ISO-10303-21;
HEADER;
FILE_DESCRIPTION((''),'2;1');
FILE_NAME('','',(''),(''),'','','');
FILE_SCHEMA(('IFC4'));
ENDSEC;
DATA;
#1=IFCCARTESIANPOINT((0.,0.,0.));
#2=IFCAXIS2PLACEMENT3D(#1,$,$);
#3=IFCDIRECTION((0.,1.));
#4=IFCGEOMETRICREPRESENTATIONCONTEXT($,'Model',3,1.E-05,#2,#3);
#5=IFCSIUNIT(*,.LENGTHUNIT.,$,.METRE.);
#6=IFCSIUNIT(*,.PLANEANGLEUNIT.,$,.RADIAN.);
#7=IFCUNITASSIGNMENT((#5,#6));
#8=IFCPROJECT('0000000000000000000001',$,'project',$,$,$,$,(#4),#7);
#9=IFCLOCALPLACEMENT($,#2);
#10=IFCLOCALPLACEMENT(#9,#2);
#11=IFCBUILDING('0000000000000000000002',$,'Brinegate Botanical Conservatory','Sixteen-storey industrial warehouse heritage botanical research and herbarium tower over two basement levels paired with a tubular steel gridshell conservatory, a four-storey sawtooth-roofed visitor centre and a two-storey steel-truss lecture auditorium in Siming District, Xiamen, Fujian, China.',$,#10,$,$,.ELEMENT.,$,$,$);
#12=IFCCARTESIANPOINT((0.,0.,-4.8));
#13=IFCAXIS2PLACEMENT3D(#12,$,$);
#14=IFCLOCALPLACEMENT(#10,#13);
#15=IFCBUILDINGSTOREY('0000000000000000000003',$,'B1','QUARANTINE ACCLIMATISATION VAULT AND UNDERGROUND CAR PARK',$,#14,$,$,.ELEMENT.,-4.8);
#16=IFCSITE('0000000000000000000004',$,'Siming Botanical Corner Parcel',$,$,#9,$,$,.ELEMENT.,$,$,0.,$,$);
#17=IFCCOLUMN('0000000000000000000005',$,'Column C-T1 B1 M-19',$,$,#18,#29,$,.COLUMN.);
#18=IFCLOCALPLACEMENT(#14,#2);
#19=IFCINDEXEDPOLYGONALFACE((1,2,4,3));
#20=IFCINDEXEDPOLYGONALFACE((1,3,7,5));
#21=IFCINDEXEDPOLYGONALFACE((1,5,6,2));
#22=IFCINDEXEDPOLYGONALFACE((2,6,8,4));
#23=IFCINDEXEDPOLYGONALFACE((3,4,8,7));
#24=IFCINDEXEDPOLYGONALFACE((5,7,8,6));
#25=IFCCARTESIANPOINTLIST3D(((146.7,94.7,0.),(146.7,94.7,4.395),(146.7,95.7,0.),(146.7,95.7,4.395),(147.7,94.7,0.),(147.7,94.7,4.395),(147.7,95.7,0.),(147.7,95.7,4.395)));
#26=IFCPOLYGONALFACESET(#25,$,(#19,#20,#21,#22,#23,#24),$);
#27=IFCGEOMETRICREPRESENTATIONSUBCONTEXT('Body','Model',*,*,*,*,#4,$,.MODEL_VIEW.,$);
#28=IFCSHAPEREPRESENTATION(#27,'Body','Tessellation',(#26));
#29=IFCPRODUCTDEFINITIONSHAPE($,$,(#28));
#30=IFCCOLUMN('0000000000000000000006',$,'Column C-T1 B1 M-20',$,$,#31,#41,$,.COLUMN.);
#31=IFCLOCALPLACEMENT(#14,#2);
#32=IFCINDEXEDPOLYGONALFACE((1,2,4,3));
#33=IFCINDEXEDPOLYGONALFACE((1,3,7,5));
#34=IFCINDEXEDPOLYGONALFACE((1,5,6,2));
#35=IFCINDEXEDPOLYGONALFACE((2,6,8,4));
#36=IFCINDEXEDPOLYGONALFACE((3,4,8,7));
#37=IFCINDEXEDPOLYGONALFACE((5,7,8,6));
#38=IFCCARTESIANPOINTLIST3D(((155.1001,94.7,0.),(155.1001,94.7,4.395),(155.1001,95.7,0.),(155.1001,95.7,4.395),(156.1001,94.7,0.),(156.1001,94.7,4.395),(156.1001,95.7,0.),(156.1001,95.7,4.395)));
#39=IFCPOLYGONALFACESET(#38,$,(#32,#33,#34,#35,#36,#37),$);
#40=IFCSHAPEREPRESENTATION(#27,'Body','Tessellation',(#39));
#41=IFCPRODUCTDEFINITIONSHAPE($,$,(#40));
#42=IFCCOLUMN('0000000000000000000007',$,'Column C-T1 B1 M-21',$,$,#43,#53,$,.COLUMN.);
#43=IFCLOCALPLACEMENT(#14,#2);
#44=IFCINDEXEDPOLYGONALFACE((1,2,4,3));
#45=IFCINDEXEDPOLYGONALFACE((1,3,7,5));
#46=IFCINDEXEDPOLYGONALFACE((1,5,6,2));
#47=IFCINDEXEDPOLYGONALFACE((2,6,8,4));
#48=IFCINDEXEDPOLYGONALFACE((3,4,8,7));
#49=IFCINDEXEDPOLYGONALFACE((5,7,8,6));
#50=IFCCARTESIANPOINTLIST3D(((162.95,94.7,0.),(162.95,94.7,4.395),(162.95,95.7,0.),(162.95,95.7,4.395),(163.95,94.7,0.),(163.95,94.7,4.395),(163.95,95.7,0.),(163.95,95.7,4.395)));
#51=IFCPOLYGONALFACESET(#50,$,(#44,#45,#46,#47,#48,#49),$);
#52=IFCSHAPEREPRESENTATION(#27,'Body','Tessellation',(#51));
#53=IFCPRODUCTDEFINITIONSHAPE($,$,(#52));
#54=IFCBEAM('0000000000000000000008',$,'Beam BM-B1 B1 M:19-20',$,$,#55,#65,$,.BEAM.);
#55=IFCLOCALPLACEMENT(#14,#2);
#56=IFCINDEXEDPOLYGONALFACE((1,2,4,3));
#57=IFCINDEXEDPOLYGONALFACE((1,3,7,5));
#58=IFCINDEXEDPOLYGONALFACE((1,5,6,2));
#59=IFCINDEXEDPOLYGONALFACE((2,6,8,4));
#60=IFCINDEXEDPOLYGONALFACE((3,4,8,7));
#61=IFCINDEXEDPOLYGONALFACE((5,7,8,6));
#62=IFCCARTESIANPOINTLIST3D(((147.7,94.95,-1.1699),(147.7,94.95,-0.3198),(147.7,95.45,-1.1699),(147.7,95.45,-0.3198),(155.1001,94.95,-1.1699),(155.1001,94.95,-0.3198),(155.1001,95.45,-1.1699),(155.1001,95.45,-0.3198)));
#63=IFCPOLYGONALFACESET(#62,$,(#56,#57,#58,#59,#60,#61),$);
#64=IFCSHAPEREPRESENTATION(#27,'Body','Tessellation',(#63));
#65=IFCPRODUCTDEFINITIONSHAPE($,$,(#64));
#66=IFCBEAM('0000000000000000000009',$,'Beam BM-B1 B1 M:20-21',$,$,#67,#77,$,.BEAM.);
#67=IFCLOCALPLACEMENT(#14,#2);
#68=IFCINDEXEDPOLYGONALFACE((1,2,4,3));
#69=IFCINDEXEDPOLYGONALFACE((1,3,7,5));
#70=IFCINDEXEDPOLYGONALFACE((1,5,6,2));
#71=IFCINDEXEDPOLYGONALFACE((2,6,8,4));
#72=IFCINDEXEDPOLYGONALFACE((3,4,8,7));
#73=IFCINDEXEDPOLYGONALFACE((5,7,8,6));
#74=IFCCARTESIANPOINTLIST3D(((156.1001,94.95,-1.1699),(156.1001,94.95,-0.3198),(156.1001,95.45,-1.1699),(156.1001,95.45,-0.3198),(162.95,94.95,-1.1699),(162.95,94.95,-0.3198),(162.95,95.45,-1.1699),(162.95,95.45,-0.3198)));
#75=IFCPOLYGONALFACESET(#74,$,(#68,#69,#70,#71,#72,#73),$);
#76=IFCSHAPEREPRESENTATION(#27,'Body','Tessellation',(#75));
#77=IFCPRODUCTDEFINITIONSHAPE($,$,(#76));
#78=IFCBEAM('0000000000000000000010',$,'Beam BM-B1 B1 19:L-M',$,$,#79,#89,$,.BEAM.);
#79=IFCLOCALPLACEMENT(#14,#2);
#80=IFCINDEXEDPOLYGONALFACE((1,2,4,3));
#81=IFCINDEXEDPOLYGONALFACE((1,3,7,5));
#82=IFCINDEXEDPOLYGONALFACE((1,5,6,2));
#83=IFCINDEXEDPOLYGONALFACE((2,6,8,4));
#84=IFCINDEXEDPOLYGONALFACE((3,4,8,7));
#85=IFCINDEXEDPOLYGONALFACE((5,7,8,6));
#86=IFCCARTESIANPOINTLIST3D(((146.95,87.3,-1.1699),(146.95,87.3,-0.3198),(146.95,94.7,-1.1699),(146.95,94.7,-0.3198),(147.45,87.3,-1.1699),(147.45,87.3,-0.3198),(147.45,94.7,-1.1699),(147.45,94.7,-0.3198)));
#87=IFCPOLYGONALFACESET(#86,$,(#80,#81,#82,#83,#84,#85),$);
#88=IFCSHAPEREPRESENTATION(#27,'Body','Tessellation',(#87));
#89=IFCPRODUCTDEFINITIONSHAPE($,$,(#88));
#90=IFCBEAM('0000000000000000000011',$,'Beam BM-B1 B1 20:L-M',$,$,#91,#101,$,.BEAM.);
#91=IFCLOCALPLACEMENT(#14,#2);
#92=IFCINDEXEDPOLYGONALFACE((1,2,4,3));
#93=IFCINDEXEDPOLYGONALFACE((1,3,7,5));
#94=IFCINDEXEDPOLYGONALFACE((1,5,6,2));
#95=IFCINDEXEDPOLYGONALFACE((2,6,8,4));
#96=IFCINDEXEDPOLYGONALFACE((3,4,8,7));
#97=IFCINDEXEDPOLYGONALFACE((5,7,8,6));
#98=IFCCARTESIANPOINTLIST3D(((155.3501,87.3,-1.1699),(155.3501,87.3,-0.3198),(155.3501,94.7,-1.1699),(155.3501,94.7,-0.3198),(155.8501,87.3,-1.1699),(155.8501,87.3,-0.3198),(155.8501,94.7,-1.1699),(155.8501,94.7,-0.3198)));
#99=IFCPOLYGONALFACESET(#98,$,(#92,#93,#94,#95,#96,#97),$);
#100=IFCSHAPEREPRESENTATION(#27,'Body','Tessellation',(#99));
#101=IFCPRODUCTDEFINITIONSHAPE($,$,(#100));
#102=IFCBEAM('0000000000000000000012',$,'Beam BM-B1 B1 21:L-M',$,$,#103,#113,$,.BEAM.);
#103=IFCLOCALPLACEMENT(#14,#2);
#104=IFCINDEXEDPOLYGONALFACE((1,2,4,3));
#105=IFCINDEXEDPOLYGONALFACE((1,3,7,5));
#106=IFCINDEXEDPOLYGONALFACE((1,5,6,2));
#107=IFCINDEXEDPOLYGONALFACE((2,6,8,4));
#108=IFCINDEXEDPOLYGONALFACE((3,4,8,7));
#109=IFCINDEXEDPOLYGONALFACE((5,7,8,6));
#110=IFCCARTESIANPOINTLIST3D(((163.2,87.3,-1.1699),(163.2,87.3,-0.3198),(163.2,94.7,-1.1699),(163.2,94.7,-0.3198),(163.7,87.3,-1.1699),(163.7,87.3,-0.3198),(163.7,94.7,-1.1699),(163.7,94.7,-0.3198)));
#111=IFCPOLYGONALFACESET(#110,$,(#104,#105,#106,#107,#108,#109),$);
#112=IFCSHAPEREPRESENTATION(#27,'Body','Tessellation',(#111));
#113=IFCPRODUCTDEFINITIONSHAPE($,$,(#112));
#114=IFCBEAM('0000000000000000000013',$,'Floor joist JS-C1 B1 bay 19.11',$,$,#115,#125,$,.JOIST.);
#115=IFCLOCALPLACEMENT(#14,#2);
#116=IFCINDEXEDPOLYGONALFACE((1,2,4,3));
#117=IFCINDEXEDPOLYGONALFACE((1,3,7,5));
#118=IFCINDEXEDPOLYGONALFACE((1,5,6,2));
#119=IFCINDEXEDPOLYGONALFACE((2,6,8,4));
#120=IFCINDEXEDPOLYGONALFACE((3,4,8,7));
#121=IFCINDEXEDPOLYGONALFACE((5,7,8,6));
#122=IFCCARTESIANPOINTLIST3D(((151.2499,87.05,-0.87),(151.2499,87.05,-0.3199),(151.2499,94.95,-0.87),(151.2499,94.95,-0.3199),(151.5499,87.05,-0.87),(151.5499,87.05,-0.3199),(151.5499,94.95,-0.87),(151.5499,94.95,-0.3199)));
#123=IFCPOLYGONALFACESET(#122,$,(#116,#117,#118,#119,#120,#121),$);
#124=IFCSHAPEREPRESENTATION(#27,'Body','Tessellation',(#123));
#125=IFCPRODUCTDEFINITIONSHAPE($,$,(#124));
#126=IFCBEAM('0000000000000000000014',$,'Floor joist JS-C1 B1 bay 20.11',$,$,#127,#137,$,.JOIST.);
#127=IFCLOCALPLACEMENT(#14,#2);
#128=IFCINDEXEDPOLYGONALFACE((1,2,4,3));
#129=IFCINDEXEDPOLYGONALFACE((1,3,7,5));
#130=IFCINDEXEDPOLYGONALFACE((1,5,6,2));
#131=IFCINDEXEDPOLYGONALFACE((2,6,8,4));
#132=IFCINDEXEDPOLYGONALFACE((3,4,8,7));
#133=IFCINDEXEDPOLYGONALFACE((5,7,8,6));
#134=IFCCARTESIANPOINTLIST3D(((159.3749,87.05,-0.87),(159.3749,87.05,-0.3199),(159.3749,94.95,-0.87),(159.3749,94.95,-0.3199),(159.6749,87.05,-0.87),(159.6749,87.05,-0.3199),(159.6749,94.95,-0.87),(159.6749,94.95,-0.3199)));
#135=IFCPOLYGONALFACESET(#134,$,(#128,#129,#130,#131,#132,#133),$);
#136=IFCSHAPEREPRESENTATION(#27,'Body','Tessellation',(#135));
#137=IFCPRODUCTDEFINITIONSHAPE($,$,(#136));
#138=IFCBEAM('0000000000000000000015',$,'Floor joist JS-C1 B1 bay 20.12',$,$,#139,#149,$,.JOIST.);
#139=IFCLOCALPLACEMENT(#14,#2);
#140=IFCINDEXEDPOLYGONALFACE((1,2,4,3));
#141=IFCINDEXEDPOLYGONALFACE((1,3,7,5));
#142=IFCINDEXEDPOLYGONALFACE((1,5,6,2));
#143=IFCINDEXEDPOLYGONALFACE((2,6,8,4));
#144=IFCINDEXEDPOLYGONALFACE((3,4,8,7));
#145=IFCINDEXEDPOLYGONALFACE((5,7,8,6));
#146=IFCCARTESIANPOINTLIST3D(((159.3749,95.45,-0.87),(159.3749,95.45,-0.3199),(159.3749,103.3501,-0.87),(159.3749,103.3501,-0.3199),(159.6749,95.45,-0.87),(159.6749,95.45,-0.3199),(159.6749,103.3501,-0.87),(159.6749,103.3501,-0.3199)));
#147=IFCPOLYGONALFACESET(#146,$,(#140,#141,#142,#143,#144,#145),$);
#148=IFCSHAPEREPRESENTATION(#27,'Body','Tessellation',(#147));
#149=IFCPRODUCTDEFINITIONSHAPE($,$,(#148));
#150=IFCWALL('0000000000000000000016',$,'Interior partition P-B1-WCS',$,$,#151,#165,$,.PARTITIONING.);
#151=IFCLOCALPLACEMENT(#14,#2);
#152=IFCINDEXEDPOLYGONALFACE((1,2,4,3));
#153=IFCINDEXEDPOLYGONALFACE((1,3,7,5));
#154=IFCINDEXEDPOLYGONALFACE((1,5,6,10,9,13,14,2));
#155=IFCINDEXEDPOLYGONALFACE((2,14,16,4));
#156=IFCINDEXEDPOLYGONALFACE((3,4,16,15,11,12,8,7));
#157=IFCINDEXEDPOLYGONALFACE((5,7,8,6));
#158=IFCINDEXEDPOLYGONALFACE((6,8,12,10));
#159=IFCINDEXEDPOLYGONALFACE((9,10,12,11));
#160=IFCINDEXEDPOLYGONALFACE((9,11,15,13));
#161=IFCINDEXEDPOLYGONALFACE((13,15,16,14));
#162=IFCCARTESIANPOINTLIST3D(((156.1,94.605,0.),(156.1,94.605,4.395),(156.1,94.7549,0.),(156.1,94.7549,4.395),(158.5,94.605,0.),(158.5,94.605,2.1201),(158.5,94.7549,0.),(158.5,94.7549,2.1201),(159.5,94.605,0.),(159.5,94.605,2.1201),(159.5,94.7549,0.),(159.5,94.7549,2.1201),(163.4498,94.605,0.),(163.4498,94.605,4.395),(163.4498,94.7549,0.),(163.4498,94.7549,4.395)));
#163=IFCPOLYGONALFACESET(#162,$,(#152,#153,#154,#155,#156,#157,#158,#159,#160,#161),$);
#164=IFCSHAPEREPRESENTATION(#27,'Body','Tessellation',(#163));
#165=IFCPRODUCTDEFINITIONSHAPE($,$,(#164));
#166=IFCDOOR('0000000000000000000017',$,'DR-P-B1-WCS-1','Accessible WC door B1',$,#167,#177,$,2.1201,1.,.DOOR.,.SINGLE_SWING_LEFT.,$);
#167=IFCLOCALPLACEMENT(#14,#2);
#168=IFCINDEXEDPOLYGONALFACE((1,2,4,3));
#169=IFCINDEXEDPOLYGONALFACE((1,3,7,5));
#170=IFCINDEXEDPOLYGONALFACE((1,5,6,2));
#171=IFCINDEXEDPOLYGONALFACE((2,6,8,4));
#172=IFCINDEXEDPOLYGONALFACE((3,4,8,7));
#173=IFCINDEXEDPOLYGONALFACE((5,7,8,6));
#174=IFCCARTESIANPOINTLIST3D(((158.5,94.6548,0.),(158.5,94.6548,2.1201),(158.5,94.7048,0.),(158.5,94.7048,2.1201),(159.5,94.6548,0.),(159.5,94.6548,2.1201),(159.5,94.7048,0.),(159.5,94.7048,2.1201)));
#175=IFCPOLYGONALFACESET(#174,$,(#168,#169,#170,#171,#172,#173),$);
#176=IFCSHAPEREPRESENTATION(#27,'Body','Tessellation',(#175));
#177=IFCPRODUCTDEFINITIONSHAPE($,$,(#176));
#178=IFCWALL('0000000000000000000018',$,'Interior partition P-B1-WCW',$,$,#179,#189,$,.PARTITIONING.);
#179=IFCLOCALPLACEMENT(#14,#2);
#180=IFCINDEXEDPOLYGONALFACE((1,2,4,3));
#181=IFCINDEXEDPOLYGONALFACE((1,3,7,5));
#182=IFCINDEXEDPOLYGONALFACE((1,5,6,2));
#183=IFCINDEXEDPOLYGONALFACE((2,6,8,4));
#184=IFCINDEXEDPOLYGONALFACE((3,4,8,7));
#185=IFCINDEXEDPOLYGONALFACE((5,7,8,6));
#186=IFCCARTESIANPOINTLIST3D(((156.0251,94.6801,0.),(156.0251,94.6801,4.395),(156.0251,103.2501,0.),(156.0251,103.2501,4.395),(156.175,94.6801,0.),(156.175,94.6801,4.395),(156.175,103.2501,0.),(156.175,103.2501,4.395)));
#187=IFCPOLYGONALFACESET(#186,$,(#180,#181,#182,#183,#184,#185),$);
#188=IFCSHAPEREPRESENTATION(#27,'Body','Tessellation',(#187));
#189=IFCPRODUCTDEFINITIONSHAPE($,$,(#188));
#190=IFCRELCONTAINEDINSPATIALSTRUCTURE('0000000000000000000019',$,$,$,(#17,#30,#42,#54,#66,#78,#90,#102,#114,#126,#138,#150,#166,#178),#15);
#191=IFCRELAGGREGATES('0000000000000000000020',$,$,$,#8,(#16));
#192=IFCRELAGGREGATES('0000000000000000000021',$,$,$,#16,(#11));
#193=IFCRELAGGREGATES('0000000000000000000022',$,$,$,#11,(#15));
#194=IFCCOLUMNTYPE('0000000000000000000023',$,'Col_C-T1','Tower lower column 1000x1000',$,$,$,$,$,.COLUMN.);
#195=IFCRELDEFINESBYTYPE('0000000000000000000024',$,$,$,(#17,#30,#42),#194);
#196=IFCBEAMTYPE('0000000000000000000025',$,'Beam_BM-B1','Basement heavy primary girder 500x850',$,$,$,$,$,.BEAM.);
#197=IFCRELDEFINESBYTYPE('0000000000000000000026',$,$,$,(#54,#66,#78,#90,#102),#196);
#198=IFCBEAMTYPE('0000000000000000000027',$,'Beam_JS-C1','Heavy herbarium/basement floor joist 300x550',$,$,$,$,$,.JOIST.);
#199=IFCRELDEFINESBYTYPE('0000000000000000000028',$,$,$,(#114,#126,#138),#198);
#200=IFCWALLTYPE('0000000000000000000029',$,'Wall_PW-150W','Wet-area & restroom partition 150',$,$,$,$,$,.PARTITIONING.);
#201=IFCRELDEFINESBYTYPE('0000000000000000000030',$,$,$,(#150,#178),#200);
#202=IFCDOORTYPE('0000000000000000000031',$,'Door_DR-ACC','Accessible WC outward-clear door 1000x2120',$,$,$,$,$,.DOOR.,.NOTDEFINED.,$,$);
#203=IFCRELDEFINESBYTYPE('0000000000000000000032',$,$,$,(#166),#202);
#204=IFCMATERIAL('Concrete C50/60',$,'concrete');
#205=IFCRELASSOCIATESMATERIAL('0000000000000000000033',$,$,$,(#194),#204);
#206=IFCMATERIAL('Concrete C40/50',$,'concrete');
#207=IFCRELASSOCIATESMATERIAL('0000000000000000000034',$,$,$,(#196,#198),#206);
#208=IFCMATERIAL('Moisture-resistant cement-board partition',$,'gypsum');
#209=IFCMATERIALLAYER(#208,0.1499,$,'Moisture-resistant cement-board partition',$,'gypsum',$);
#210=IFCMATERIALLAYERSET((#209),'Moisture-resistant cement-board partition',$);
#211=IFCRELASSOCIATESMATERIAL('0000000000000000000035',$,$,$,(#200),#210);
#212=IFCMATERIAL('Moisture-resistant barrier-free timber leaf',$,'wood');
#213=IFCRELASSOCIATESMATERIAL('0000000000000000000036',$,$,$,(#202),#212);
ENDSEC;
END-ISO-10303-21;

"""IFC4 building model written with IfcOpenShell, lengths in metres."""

from ifc_helpers import new_model, si_unit, direction, frame, frame_2d, origin, origin_2d, place, context, subcontext, project, spatial, rectangle, extrude, material, layer, layer_set, material_profile, profile_set, type_object, element, fill, save


model = new_model("IFC4")

# Units and contexts
model_context = context("Model", 3, precision=1e-05, world=origin(), true_north=direction((0.0, 1.0)))
body_context = subcontext(model_context, "Body", "Model", "MODEL_VIEW")
ifc_project = project(units=[si_unit("LENGTHUNIT", "METRE"), si_unit("PLANEANGLEUNIT", "RADIAN")], contexts=[model_context])

# Site, building, storey
site_placement = place(None, origin())
site = spatial("IfcSite", under=ifc_project, at=site_placement, Name="Siming Botanical Corner Parcel", CompositionType="ELEMENT", RefElevation=0.0)
building_placement = place(site_placement, origin())
building = spatial("IfcBuilding", under=site, at=building_placement, Name="Brinegate Botanical Conservatory", Description="Sixteen-storey industrial warehouse heritage botanical research and herbarium tower over two basement levels paired with a tubular steel gridshell conservatory, a four-storey sawtooth-roofed visitor centre and a two-storey steel-truss lecture auditorium in Siming District, Xiamen, Fujian, China.", CompositionType="ELEMENT")
storey_placement = place(building_placement, frame((0.0, 0.0, -4.8)))
storey = spatial("IfcBuildingStorey", under=building, at=storey_placement, Name="B1", Description="QUARANTINE ACCLIMATISATION VAULT AND UNDERGROUND CAR PARK", CompositionType="ELEMENT", Elevation=-4.8)

# Columns
ifc_material_1 = material(Name="Concrete C50/60", Category="concrete")
ifc_material_profile_1 = material_profile(ifc_material_1, rectangle(XDim=1.0, YDim=1.0, at=origin_2d()), Name="RC COL 1000x1000")
ifc_profile_set_1 = profile_set([ifc_material_profile_1], Name="Concrete C50/60")
column_type = type_object("IfcColumnType", Name="Col_C-T1", Description="Tower lower column 1000x1000", PredefinedType="COLUMN", material=ifc_profile_set_1)
for number, where, z_axis, x_axis, name in (
    (1, (147.2, 95.2, 0.0), (0.0, 0.0, 1.0), (1.0, 0.0, 0.0), "Column C-T1 B1 M-19"),
    (2, (155.6001, 95.2, 0.0), (0.0, 0.0, 1.0), (1.0, 0.0, 0.0), "Column C-T1 B1 M-20"),
    (3, (163.45, 95.2, 0.0), (0.0, 0.0, 1.0), (1.0, 0.0, 0.0), "Column C-T1 B1 M-21"),
):
    element("IfcColumn", number, at=place(storey_placement, frame(where, z_axis=z_axis, x_axis=x_axis)), inside=storey, type_object=column_type, Name=name, PredefinedType="COLUMN", context=body_context, shape_type="SweptSolid", body=[
        extrude(rectangle(XDim=1.0, YDim=1.0, at=origin_2d()), origin(), (0.0, 0.0, 1.0), 4.395),
    ])

# Beams
ifc_material_2 = material(Name="Concrete C40/50", Category="concrete")
ifc_material_profile_2 = material_profile(ifc_material_2, rectangle(XDim=0.5, YDim=0.8501, at=origin_2d()), Name="RC BM 500x850")
ifc_profile_set_2 = profile_set([ifc_material_profile_2], Name="Concrete C40/50")
beam_type_1 = type_object("IfcBeamType", Name="Beam_BM-B1", Description="Basement heavy primary girder 500x850", PredefinedType="BEAM", material=ifc_profile_set_2)
beam_1_placement = place(storey_placement, frame((147.7, 95.2, -0.7449), z_axis=(1.0, 0.0, 0.0), x_axis=(0.0, 1.0, 0.0)))
element("IfcBeam", 4, at=beam_1_placement, inside=storey, type_object=beam_type_1, Name="Beam BM-B1 B1 M:19-20", PredefinedType="BEAM", context=body_context, shape_type="SweptSolid", body=[
    extrude(rectangle(XDim=0.5, YDim=0.8501, at=origin_2d()), origin(), (0.0, 0.0, 1.0), 7.4001),
])
beam_2_placement = place(storey_placement, frame((156.1001, 95.2, -0.7449), z_axis=(1.0, 0.0, 0.0), x_axis=(0.0, 1.0, 0.0)))
element("IfcBeam", 5, at=beam_2_placement, inside=storey, type_object=beam_type_1, Name="Beam BM-B1 B1 M:20-21", PredefinedType="BEAM", context=body_context, shape_type="SweptSolid", body=[
    extrude(rectangle(XDim=0.5, YDim=0.8501, at=origin_2d()), origin(), (0.0, 0.0, 1.0), 6.8499),
])
for number, where, z_axis, x_axis, name in (
    (6, (147.2, 87.3, -0.7449), (0.0, 1.0, 0.0), (-1.0, 0.0, 0.0), "Beam BM-B1 B1 19:L-M"),
    (7, (155.6001, 87.3, -0.7449), (0.0, 1.0, 0.0), (-1.0, 0.0, 0.0), "Beam BM-B1 B1 20:L-M"),
    (8, (163.45, 87.3, -0.7449), (0.0, 1.0, 0.0), (-1.0, 0.0, 0.0), "Beam BM-B1 B1 21:L-M"),
):
    element("IfcBeam", number, at=place(storey_placement, frame(where, z_axis=z_axis, x_axis=x_axis)), inside=storey, type_object=beam_type_1, Name=name, PredefinedType="BEAM", context=body_context, shape_type="SweptSolid", body=[
        extrude(rectangle(XDim=0.5, YDim=0.8501, at=origin_2d()), origin(), (0.0, 0.0, 1.0), 7.3999),
    ])
ifc_material_profile_3 = material_profile(ifc_material_2, rectangle(XDim=0.3, YDim=0.55, at=origin_2d()), Name="RC JST 300x550")
ifc_profile_set_3 = profile_set([ifc_material_profile_3], Name="Concrete C40/50")
beam_type_2 = type_object("IfcBeamType", Name="Beam_JS-C1", Description="Heavy herbarium/basement floor joist 300x550", PredefinedType="JOIST", material=ifc_profile_set_3)
for number, where, z_axis, x_axis, name in (
    (9, (151.3999, 87.05, -0.595), (0.0, 1.0, 0.0), (-1.0, 0.0, 0.0), "Floor joist JS-C1 B1 bay 19.11"),
    (10, (159.5249, 87.05, -0.595), (0.0, 1.0, 0.0), (-1.0, 0.0, 0.0), "Floor joist JS-C1 B1 bay 20.11"),
):
    element("IfcBeam", number, at=place(storey_placement, frame(where, z_axis=z_axis, x_axis=x_axis)), inside=storey, type_object=beam_type_2, Name=name, PredefinedType="JOIST", context=body_context, shape_type="SweptSolid", body=[
        extrude(rectangle(XDim=0.3, YDim=0.55, at=origin_2d()), origin(), (0.0, 0.0, 1.0), 7.8999),
    ])
beam_3_placement = place(storey_placement, frame((159.5249, 95.45, -0.595), z_axis=(0.0, 1.0, 0.0), x_axis=(-1.0, 0.0, 0.0)))
element("IfcBeam", 11, at=beam_3_placement, inside=storey, type_object=beam_type_2, Name="Floor joist JS-C1 B1 bay 20.12", PredefinedType="JOIST", context=body_context, shape_type="SweptSolid", body=[
    extrude(rectangle(XDim=0.3, YDim=0.55, at=origin_2d()), origin(), (0.0, 0.0, 1.0), 7.9001),
])

# Wall, opening, door
ifc_material_3 = material(Name="Moisture-resistant cement-board partition", Category="gypsum")
ifc_layer_1 = layer(ifc_material_3, 0.1499, Name="Moisture-resistant cement-board partition", Category="gypsum")
ifc_layer_set_1 = layer_set([ifc_layer_1], Name="Moisture-resistant cement-board partition")
wall_type_1 = type_object("IfcWallType", Name="Wall_PW-150W", Description="Wet-area & restroom partition 150", PredefinedType="PARTITIONING", material=ifc_layer_set_1)
wall_1_placement = place(storey_placement, frame((156.1001, 94.6799, 0.0), z_axis=(0.0, 0.0, 1.0), x_axis=(1.0, 0.0, 0.0)))
wall_1 = element("IfcWall", 12, at=wall_1_placement, inside=storey, type_object=wall_type_1, Name="Interior partition P-B1-WCS", PredefinedType="PARTITIONING", context=body_context, shape_type="SweptSolid", body=[
    extrude(rectangle(XDim=7.3499, YDim=0.1499, at=frame_2d((3.6748, 0.0))), origin(), (0.0, 0.0, 1.0), 4.395),
])
opening_1_placement = place(wall_1_placement, frame((2.3999, 0.0, 0.0)))
opening_1 = element("IfcOpeningElement", 13, at=opening_1_placement, cuts=wall_1, PredefinedType="OPENING", context=body_context, shape_type="SweptSolid", body=[
    extrude(rectangle(XDim=1.0, YDim=2.1201, at=frame_2d((0.5, 1.0601))), frame((0.0, 0.085, 0.0), z_axis=(0.0, -1.0, 0.0), x_axis=(1.0, 0.0, 0.0)), (0.0, 0.0, 1.0), 0.1699),
])
ifc_material_4 = material(Name="Moisture-resistant barrier-free timber leaf", Category="wood")
door_type_1 = type_object("IfcDoorType", Name="Door_DR-ACC", Description="Accessible WC outward-clear door 1000x2120", OperationType="NOTDEFINED", PredefinedType="DOOR", material=ifc_material_4)
door_1_placement = place(opening_1_placement, origin())
door_1 = element("IfcDoor", 14, at=door_1_placement, inside=storey, type_object=door_type_1, Name="DR-P-B1-WCS-1", Description="Accessible WC door B1", OperationType="SINGLE_SWING_LEFT", OverallHeight=2.1201, OverallWidth=1.0, PredefinedType="DOOR", context=body_context, shape_type="SweptSolid", body=[
    extrude(rectangle(XDim=1.0, YDim=2.1201, at=frame_2d((0.5, 1.0601))), frame((0.0, 0.0249, 0.0), z_axis=(0.0, -1.0, 0.0), x_axis=(1.0, 0.0, 0.0)), (0.0, 0.0, 1.0), 0.05),
])
fill(opening_1, door_1)

# Wall
wall_2_placement = place(storey_placement, frame((156.1001, 94.6799, 0.0), z_axis=(0.0, 0.0, 1.0), x_axis=(0.0, 1.0, 0.0)))
element("IfcWall", 15, at=wall_2_placement, inside=storey, type_object=wall_type_1, Name="Interior partition P-B1-WCW", PredefinedType="PARTITIONING", context=body_context, shape_type="SweptSolid", body=[
    extrude(rectangle(XDim=8.5701, YDim=0.1499, at=frame_2d((4.2852, 0.0))), origin(), (0.0, 0.0, 1.0), 4.395),
])

save(model, "model.ifc")
